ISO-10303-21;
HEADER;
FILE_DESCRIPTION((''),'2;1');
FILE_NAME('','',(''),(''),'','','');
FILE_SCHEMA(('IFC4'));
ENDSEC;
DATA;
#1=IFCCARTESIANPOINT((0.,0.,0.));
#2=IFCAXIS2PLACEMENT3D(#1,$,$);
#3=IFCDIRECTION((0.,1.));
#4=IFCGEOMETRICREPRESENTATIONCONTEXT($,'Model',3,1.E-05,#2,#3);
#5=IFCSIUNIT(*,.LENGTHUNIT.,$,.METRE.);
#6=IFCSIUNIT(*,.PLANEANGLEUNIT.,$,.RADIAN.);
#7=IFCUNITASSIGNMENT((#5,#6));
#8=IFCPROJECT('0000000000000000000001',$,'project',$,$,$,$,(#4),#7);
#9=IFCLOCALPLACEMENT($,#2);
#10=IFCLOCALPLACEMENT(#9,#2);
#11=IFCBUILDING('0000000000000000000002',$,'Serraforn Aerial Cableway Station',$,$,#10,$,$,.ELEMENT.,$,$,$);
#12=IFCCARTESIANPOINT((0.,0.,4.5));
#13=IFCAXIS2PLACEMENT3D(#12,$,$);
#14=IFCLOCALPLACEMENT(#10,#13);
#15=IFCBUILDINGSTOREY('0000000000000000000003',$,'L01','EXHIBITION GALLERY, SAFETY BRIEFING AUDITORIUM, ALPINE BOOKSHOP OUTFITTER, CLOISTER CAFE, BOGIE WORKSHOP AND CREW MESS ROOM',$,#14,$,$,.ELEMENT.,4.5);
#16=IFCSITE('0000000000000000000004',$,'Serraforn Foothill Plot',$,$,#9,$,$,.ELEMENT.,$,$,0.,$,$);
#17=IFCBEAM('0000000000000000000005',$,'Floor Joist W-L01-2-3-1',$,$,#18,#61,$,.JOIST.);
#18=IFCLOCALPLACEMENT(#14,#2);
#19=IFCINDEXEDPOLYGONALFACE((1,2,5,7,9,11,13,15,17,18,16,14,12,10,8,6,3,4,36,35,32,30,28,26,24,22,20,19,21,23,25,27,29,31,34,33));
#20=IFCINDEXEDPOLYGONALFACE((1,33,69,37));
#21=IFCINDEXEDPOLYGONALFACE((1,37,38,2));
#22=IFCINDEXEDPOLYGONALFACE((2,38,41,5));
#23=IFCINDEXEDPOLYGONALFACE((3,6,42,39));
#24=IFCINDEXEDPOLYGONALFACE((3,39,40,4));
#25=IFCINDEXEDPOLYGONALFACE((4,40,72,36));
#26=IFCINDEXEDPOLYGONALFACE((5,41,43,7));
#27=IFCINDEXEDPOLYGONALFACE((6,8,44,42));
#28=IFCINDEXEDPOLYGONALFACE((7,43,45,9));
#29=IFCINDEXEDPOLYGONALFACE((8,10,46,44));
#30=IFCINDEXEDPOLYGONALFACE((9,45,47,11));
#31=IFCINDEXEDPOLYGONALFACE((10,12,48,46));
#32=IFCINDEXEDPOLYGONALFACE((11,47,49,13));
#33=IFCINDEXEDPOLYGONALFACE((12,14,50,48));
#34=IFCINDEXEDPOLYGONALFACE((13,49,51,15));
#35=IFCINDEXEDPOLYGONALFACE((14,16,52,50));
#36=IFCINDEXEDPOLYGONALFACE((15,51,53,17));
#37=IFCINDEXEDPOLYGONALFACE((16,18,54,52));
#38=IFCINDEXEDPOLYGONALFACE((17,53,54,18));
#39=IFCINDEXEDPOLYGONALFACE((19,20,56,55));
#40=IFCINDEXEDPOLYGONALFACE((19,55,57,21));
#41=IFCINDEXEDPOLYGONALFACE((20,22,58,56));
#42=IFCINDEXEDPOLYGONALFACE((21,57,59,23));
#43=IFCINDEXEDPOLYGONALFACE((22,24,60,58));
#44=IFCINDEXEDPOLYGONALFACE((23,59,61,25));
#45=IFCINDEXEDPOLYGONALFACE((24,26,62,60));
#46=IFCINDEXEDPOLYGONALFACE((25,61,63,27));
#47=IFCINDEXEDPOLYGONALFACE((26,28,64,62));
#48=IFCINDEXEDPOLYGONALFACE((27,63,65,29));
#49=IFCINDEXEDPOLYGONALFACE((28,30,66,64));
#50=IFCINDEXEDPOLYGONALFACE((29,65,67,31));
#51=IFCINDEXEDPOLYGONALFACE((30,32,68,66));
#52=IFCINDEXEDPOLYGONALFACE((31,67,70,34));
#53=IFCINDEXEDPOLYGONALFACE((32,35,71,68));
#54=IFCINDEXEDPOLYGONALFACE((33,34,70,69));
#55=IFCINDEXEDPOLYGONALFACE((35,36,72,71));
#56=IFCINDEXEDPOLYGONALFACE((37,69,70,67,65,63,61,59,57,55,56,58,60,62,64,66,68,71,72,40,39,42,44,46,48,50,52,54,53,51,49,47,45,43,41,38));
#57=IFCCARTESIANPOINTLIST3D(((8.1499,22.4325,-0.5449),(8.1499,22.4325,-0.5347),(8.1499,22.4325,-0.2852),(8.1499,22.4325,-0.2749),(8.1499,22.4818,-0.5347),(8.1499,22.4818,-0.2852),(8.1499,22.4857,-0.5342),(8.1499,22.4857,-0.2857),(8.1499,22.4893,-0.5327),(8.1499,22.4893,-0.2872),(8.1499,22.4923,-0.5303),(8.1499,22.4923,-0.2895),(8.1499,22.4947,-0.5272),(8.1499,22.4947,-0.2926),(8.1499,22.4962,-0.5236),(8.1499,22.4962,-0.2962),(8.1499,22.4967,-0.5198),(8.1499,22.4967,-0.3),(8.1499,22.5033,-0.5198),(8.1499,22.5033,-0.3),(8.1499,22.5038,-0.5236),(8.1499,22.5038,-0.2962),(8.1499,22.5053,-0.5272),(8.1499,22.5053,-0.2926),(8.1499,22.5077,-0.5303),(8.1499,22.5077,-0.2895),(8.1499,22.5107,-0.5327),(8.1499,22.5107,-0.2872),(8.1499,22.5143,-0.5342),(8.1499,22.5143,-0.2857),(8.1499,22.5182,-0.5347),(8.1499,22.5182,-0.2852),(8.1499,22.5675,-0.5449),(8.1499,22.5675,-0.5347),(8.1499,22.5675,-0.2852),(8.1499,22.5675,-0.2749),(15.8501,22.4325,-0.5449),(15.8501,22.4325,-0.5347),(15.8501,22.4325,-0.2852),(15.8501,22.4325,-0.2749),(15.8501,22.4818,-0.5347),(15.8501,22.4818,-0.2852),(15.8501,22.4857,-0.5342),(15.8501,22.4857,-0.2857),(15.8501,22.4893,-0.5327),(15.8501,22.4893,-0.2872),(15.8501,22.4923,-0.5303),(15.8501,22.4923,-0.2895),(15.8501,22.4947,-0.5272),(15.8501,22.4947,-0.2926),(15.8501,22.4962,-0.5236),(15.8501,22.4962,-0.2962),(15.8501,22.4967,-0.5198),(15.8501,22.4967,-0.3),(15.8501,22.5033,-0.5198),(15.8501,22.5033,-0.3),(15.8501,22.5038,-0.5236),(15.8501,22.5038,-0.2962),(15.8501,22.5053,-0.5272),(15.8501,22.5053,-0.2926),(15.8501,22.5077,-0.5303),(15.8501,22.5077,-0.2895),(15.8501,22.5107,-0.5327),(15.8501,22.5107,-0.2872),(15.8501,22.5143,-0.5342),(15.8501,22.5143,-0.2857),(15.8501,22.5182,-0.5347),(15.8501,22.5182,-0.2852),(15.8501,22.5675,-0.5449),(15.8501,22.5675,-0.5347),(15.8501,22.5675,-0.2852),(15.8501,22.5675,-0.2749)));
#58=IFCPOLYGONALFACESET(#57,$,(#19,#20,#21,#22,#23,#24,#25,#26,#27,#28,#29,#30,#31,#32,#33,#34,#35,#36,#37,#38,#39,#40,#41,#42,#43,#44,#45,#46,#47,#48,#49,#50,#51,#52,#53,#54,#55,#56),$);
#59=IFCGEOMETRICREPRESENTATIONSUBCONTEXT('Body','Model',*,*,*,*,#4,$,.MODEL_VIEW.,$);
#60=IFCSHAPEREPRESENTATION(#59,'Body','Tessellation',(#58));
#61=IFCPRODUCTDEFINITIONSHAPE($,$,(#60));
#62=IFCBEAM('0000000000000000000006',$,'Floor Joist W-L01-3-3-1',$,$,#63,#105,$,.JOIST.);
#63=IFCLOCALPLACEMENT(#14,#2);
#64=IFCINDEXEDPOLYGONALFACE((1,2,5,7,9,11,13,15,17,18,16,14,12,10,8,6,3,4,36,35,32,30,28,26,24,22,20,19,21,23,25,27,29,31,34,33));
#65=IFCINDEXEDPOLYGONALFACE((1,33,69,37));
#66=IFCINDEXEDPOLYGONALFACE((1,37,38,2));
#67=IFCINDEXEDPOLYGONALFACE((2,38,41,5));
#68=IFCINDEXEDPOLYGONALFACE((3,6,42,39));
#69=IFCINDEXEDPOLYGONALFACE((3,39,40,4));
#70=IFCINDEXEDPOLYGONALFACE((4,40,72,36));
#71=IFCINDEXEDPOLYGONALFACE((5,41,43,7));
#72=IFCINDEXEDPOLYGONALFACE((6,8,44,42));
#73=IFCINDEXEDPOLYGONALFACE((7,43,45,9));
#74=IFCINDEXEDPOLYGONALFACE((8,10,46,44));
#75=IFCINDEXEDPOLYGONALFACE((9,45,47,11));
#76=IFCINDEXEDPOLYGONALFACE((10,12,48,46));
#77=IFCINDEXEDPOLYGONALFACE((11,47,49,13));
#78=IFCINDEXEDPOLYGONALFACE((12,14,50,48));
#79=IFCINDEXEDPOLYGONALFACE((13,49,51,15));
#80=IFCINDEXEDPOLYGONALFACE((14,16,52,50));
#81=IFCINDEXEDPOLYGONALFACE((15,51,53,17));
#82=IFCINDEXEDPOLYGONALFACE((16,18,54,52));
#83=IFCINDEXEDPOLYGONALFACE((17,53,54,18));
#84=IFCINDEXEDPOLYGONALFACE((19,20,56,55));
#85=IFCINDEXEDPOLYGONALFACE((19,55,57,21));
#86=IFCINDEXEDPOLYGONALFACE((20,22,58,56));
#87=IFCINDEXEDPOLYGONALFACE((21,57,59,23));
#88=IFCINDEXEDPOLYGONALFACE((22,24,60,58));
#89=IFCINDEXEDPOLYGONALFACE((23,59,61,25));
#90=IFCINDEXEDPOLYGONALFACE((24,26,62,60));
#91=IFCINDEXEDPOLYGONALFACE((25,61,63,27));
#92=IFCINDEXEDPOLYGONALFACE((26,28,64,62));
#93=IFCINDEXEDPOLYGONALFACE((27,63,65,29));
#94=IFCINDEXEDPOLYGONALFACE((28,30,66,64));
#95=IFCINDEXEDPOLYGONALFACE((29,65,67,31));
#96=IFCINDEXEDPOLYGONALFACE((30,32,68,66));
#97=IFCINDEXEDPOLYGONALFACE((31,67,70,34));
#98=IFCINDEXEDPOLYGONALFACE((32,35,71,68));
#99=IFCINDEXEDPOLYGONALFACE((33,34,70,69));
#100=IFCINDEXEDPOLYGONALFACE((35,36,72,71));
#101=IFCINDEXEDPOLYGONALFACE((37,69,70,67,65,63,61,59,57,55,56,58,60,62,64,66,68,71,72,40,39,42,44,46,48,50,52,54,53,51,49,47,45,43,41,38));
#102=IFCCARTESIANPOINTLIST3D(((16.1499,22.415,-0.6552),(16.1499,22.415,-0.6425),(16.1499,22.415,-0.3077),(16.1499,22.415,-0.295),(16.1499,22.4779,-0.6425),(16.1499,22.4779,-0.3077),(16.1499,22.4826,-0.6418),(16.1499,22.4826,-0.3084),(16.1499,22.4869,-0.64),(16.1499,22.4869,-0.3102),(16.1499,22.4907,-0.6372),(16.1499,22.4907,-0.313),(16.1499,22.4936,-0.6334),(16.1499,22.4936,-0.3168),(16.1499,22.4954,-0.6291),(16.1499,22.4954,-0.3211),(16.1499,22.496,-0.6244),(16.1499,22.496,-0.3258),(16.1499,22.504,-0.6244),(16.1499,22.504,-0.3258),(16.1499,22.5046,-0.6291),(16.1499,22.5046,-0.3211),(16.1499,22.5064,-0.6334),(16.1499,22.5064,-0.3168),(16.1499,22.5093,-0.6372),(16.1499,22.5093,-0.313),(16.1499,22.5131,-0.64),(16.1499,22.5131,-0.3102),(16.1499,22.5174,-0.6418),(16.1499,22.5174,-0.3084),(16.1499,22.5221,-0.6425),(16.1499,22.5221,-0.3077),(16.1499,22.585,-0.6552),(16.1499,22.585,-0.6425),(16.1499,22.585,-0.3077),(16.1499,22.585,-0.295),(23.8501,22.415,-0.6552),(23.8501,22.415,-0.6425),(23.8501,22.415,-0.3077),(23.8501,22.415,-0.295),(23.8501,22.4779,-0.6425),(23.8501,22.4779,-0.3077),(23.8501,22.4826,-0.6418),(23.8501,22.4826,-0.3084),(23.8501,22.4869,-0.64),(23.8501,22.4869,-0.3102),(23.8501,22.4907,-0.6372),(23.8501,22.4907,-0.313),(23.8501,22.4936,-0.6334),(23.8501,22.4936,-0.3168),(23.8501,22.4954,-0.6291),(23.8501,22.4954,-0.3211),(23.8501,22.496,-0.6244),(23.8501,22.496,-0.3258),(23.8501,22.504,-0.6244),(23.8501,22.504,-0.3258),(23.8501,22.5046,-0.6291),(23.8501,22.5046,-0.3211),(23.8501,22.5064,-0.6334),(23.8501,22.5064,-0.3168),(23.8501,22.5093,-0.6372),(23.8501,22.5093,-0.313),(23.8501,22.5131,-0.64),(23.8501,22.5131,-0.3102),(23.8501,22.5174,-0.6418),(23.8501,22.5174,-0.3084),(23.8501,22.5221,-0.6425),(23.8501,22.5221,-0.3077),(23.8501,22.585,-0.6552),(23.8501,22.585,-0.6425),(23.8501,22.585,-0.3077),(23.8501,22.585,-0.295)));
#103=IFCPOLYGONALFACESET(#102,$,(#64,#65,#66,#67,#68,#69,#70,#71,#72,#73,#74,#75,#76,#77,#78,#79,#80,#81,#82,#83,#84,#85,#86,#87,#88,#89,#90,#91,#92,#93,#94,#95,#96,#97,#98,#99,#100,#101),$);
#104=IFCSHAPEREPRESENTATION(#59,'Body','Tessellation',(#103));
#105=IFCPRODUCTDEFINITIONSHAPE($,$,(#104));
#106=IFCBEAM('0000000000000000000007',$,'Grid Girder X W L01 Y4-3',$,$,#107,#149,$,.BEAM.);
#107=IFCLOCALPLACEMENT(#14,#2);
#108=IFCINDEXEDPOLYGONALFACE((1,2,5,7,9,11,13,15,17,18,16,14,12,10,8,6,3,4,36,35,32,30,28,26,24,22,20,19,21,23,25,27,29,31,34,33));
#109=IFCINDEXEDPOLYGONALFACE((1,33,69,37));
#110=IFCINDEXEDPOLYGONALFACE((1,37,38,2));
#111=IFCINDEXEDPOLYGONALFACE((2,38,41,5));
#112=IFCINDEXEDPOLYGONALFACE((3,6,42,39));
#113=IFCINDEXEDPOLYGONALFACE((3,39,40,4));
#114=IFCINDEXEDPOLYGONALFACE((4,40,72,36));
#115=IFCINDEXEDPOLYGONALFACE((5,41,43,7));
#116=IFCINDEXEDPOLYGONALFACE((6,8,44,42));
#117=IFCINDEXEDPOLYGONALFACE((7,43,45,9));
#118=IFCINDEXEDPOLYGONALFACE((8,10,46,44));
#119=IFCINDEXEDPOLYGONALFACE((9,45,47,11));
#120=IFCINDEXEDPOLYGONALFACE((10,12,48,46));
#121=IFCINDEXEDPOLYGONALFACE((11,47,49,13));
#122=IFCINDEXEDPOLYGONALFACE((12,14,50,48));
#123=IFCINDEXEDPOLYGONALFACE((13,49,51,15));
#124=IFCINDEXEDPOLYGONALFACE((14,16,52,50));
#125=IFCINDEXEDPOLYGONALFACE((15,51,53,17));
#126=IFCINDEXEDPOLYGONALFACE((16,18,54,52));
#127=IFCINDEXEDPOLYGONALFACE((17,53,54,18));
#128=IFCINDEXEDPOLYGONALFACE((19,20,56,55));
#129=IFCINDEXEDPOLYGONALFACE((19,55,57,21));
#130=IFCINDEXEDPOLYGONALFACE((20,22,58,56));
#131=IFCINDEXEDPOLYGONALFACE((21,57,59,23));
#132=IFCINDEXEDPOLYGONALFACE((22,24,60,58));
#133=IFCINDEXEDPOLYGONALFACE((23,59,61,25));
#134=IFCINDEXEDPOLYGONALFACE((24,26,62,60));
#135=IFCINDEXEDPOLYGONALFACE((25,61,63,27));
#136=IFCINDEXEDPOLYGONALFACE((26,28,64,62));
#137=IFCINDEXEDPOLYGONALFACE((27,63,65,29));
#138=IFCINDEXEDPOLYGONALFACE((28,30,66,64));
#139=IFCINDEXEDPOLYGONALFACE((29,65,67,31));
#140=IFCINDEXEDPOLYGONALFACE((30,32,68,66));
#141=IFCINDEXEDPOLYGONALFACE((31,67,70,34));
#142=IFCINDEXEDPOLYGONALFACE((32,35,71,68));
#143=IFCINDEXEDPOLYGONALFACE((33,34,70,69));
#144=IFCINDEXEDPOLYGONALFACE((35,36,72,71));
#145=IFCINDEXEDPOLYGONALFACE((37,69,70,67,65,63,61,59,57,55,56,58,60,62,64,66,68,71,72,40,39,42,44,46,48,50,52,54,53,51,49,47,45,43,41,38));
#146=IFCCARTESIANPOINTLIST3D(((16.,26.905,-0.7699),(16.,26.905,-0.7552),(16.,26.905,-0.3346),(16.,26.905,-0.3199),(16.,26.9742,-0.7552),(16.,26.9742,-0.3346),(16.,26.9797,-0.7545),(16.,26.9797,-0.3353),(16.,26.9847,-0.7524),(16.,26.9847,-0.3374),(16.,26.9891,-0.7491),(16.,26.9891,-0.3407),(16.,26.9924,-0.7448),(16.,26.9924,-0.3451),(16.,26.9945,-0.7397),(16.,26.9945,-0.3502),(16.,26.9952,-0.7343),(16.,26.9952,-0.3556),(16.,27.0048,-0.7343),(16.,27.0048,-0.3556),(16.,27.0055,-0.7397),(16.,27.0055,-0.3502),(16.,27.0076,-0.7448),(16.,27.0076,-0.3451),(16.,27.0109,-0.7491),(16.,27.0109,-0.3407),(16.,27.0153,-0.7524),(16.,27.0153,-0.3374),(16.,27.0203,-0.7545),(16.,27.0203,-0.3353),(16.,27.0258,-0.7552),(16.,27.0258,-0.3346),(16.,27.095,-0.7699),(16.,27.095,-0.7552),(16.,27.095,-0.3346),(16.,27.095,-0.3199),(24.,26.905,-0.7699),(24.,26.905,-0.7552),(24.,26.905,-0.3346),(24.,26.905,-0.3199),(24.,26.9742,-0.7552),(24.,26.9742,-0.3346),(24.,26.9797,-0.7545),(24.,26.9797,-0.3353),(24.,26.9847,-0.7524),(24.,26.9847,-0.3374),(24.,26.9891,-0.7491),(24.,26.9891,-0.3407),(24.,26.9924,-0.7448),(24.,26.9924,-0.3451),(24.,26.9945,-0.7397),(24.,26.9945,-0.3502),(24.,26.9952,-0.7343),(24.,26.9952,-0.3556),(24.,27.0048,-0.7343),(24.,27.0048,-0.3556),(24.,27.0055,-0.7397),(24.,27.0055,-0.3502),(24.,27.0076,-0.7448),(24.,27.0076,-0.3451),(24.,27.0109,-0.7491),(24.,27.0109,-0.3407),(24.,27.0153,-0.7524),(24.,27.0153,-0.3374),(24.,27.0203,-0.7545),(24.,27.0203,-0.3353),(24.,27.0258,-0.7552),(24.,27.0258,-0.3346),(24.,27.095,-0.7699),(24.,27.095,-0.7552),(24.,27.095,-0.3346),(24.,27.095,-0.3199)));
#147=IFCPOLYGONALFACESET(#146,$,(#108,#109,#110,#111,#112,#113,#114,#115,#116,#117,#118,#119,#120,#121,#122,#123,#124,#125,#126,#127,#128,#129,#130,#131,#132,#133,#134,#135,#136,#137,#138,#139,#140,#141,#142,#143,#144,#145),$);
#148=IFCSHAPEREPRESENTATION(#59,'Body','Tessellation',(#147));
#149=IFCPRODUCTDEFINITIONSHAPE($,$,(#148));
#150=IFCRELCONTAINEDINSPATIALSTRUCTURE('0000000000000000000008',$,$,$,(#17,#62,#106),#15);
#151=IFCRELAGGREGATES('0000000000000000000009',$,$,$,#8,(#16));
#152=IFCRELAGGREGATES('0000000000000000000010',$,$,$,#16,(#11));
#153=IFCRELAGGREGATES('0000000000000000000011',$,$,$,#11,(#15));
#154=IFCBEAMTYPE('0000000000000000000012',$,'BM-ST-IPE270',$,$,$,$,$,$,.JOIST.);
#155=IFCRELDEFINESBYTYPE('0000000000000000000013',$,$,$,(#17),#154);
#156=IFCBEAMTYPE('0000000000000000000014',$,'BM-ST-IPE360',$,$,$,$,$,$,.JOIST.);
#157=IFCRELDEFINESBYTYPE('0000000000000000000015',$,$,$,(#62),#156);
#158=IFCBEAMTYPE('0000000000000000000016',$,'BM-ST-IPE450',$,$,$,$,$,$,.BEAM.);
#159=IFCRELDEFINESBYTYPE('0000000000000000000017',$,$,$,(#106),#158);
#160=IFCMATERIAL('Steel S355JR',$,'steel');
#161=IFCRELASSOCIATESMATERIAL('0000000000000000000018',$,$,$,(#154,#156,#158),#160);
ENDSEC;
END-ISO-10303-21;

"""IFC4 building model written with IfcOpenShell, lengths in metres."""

from ifc_helpers import new_model, si_unit, direction, frame, origin, origin_2d, place, context, subcontext, project, spatial, i_section, extrude, material, material_profile, profile_set, type_object, element, save


model = new_model("IFC4")

# Units and contexts
model_context = context("Model", 3, precision=1e-05, world=origin(), true_north=direction((0.0, 1.0)))
body_context = subcontext(model_context, "Body", "Model", "MODEL_VIEW")
ifc_project = project(units=[si_unit("LENGTHUNIT", "METRE"), si_unit("PLANEANGLEUNIT", "RADIAN")], contexts=[model_context])

# Site, building, storey
site_placement = place(None, origin())
site = spatial("IfcSite", under=ifc_project, at=site_placement, Name="Serraforn Foothill Plot", CompositionType="ELEMENT", RefElevation=0.0)
building_placement = place(site_placement, origin())
building = spatial("IfcBuilding", under=site, at=building_placement, Name="Serraforn Aerial Cableway Station", CompositionType="ELEMENT")
storey_placement = place(building_placement, frame((0.0, 0.0, 4.5)))
storey = spatial("IfcBuildingStorey", under=building, at=storey_placement, Name="L01", Description="EXHIBITION GALLERY, SAFETY BRIEFING AUDITORIUM, ALPINE BOOKSHOP OUTFITTER, CLOISTER CAFE, BOGIE WORKSHOP AND CREW MESS ROOM", CompositionType="ELEMENT", Elevation=4.5)

# Beams
ifc_material_1 = material(Name="Steel S355JR", Category="steel")
ifc_material_profile_1 = material_profile(ifc_material_1, i_section(OverallWidth=0.135, OverallDepth=0.27, WebThickness=0.0066, FlangeThickness=0.0103, FilletRadius=0.0149, at=origin_2d()), Name="IPE 270")
ifc_profile_set_1 = profile_set([ifc_material_profile_1], Name="Steel S355JR")
beam_type_1 = type_object("IfcBeamType", Name="BM-ST-IPE270", PredefinedType="JOIST", material=ifc_profile_set_1)
beam_1_placement = place(storey_placement, frame((8.1499, 22.5, -0.4099), z_axis=(1.0, 0.0, 0.0), x_axis=(0.0, 1.0, 0.0)))
element("IfcBeam", 1, at=beam_1_placement, inside=storey, type_object=beam_type_1, Name="Floor Joist W-L01-2-3-1", PredefinedType="JOIST", context=body_context, shape_type="SweptSolid", body=[
    extrude(i_section(OverallWidth=0.135, OverallDepth=0.27, WebThickness=0.0066, FlangeThickness=0.0103, FilletRadius=0.0149, at=origin_2d()), origin(), (0.0, 0.0, 1.0), 7.7002),
])
ifc_material_profile_2 = material_profile(ifc_material_1, i_section(OverallWidth=0.1699, OverallDepth=0.3601, WebThickness=0.0081, FlangeThickness=0.0127, FilletRadius=0.0181, at=origin_2d()), Name="IPE 360")
ifc_profile_set_2 = profile_set([ifc_material_profile_2], Name="Steel S355JR")
beam_type_2 = type_object("IfcBeamType", Name="BM-ST-IPE360", PredefinedType="JOIST", material=ifc_profile_set_2)
beam_2_placement = place(storey_placement, frame((16.1499, 22.5, -0.4751), z_axis=(1.0, 0.0, 0.0), x_axis=(0.0, 1.0, 0.0)))
element("IfcBeam", 2, at=beam_2_placement, inside=storey, type_object=beam_type_2, Name="Floor Joist W-L01-3-3-1", PredefinedType="JOIST", context=body_context, shape_type="SweptSolid", body=[
    extrude(i_section(OverallWidth=0.1699, OverallDepth=0.3601, WebThickness=0.0081, FlangeThickness=0.0127, FilletRadius=0.0181, at=origin_2d()), origin(), (0.0, 0.0, 1.0), 7.7002),
])
ifc_material_profile_3 = material_profile(ifc_material_1, i_section(OverallWidth=0.1899, OverallDepth=0.45, WebThickness=0.0095, FlangeThickness=0.0146, FilletRadius=0.021, at=origin_2d()), Name="IPE 450")
ifc_profile_set_3 = profile_set([ifc_material_profile_3], Name="Steel S355JR")
beam_type_3 = type_object("IfcBeamType", Name="BM-ST-IPE450", PredefinedType="BEAM", material=ifc_profile_set_3)
beam_3_placement = place(storey_placement, frame((16.0, 27.0, -0.5449), z_axis=(1.0, 0.0, 0.0), x_axis=(0.0, 1.0, 0.0)))
element("IfcBeam", 3, at=beam_3_placement, inside=storey, type_object=beam_type_3, Name="Grid Girder X W L01 Y4-3", PredefinedType="BEAM", context=body_context, shape_type="SweptSolid", body=[
    extrude(i_section(OverallWidth=0.1899, OverallDepth=0.45, WebThickness=0.0095, FlangeThickness=0.0146, FilletRadius=0.021, at=origin_2d()), origin(), (0.0, 0.0, 1.0), 8.0),
])

save(model, "model.ifc")
